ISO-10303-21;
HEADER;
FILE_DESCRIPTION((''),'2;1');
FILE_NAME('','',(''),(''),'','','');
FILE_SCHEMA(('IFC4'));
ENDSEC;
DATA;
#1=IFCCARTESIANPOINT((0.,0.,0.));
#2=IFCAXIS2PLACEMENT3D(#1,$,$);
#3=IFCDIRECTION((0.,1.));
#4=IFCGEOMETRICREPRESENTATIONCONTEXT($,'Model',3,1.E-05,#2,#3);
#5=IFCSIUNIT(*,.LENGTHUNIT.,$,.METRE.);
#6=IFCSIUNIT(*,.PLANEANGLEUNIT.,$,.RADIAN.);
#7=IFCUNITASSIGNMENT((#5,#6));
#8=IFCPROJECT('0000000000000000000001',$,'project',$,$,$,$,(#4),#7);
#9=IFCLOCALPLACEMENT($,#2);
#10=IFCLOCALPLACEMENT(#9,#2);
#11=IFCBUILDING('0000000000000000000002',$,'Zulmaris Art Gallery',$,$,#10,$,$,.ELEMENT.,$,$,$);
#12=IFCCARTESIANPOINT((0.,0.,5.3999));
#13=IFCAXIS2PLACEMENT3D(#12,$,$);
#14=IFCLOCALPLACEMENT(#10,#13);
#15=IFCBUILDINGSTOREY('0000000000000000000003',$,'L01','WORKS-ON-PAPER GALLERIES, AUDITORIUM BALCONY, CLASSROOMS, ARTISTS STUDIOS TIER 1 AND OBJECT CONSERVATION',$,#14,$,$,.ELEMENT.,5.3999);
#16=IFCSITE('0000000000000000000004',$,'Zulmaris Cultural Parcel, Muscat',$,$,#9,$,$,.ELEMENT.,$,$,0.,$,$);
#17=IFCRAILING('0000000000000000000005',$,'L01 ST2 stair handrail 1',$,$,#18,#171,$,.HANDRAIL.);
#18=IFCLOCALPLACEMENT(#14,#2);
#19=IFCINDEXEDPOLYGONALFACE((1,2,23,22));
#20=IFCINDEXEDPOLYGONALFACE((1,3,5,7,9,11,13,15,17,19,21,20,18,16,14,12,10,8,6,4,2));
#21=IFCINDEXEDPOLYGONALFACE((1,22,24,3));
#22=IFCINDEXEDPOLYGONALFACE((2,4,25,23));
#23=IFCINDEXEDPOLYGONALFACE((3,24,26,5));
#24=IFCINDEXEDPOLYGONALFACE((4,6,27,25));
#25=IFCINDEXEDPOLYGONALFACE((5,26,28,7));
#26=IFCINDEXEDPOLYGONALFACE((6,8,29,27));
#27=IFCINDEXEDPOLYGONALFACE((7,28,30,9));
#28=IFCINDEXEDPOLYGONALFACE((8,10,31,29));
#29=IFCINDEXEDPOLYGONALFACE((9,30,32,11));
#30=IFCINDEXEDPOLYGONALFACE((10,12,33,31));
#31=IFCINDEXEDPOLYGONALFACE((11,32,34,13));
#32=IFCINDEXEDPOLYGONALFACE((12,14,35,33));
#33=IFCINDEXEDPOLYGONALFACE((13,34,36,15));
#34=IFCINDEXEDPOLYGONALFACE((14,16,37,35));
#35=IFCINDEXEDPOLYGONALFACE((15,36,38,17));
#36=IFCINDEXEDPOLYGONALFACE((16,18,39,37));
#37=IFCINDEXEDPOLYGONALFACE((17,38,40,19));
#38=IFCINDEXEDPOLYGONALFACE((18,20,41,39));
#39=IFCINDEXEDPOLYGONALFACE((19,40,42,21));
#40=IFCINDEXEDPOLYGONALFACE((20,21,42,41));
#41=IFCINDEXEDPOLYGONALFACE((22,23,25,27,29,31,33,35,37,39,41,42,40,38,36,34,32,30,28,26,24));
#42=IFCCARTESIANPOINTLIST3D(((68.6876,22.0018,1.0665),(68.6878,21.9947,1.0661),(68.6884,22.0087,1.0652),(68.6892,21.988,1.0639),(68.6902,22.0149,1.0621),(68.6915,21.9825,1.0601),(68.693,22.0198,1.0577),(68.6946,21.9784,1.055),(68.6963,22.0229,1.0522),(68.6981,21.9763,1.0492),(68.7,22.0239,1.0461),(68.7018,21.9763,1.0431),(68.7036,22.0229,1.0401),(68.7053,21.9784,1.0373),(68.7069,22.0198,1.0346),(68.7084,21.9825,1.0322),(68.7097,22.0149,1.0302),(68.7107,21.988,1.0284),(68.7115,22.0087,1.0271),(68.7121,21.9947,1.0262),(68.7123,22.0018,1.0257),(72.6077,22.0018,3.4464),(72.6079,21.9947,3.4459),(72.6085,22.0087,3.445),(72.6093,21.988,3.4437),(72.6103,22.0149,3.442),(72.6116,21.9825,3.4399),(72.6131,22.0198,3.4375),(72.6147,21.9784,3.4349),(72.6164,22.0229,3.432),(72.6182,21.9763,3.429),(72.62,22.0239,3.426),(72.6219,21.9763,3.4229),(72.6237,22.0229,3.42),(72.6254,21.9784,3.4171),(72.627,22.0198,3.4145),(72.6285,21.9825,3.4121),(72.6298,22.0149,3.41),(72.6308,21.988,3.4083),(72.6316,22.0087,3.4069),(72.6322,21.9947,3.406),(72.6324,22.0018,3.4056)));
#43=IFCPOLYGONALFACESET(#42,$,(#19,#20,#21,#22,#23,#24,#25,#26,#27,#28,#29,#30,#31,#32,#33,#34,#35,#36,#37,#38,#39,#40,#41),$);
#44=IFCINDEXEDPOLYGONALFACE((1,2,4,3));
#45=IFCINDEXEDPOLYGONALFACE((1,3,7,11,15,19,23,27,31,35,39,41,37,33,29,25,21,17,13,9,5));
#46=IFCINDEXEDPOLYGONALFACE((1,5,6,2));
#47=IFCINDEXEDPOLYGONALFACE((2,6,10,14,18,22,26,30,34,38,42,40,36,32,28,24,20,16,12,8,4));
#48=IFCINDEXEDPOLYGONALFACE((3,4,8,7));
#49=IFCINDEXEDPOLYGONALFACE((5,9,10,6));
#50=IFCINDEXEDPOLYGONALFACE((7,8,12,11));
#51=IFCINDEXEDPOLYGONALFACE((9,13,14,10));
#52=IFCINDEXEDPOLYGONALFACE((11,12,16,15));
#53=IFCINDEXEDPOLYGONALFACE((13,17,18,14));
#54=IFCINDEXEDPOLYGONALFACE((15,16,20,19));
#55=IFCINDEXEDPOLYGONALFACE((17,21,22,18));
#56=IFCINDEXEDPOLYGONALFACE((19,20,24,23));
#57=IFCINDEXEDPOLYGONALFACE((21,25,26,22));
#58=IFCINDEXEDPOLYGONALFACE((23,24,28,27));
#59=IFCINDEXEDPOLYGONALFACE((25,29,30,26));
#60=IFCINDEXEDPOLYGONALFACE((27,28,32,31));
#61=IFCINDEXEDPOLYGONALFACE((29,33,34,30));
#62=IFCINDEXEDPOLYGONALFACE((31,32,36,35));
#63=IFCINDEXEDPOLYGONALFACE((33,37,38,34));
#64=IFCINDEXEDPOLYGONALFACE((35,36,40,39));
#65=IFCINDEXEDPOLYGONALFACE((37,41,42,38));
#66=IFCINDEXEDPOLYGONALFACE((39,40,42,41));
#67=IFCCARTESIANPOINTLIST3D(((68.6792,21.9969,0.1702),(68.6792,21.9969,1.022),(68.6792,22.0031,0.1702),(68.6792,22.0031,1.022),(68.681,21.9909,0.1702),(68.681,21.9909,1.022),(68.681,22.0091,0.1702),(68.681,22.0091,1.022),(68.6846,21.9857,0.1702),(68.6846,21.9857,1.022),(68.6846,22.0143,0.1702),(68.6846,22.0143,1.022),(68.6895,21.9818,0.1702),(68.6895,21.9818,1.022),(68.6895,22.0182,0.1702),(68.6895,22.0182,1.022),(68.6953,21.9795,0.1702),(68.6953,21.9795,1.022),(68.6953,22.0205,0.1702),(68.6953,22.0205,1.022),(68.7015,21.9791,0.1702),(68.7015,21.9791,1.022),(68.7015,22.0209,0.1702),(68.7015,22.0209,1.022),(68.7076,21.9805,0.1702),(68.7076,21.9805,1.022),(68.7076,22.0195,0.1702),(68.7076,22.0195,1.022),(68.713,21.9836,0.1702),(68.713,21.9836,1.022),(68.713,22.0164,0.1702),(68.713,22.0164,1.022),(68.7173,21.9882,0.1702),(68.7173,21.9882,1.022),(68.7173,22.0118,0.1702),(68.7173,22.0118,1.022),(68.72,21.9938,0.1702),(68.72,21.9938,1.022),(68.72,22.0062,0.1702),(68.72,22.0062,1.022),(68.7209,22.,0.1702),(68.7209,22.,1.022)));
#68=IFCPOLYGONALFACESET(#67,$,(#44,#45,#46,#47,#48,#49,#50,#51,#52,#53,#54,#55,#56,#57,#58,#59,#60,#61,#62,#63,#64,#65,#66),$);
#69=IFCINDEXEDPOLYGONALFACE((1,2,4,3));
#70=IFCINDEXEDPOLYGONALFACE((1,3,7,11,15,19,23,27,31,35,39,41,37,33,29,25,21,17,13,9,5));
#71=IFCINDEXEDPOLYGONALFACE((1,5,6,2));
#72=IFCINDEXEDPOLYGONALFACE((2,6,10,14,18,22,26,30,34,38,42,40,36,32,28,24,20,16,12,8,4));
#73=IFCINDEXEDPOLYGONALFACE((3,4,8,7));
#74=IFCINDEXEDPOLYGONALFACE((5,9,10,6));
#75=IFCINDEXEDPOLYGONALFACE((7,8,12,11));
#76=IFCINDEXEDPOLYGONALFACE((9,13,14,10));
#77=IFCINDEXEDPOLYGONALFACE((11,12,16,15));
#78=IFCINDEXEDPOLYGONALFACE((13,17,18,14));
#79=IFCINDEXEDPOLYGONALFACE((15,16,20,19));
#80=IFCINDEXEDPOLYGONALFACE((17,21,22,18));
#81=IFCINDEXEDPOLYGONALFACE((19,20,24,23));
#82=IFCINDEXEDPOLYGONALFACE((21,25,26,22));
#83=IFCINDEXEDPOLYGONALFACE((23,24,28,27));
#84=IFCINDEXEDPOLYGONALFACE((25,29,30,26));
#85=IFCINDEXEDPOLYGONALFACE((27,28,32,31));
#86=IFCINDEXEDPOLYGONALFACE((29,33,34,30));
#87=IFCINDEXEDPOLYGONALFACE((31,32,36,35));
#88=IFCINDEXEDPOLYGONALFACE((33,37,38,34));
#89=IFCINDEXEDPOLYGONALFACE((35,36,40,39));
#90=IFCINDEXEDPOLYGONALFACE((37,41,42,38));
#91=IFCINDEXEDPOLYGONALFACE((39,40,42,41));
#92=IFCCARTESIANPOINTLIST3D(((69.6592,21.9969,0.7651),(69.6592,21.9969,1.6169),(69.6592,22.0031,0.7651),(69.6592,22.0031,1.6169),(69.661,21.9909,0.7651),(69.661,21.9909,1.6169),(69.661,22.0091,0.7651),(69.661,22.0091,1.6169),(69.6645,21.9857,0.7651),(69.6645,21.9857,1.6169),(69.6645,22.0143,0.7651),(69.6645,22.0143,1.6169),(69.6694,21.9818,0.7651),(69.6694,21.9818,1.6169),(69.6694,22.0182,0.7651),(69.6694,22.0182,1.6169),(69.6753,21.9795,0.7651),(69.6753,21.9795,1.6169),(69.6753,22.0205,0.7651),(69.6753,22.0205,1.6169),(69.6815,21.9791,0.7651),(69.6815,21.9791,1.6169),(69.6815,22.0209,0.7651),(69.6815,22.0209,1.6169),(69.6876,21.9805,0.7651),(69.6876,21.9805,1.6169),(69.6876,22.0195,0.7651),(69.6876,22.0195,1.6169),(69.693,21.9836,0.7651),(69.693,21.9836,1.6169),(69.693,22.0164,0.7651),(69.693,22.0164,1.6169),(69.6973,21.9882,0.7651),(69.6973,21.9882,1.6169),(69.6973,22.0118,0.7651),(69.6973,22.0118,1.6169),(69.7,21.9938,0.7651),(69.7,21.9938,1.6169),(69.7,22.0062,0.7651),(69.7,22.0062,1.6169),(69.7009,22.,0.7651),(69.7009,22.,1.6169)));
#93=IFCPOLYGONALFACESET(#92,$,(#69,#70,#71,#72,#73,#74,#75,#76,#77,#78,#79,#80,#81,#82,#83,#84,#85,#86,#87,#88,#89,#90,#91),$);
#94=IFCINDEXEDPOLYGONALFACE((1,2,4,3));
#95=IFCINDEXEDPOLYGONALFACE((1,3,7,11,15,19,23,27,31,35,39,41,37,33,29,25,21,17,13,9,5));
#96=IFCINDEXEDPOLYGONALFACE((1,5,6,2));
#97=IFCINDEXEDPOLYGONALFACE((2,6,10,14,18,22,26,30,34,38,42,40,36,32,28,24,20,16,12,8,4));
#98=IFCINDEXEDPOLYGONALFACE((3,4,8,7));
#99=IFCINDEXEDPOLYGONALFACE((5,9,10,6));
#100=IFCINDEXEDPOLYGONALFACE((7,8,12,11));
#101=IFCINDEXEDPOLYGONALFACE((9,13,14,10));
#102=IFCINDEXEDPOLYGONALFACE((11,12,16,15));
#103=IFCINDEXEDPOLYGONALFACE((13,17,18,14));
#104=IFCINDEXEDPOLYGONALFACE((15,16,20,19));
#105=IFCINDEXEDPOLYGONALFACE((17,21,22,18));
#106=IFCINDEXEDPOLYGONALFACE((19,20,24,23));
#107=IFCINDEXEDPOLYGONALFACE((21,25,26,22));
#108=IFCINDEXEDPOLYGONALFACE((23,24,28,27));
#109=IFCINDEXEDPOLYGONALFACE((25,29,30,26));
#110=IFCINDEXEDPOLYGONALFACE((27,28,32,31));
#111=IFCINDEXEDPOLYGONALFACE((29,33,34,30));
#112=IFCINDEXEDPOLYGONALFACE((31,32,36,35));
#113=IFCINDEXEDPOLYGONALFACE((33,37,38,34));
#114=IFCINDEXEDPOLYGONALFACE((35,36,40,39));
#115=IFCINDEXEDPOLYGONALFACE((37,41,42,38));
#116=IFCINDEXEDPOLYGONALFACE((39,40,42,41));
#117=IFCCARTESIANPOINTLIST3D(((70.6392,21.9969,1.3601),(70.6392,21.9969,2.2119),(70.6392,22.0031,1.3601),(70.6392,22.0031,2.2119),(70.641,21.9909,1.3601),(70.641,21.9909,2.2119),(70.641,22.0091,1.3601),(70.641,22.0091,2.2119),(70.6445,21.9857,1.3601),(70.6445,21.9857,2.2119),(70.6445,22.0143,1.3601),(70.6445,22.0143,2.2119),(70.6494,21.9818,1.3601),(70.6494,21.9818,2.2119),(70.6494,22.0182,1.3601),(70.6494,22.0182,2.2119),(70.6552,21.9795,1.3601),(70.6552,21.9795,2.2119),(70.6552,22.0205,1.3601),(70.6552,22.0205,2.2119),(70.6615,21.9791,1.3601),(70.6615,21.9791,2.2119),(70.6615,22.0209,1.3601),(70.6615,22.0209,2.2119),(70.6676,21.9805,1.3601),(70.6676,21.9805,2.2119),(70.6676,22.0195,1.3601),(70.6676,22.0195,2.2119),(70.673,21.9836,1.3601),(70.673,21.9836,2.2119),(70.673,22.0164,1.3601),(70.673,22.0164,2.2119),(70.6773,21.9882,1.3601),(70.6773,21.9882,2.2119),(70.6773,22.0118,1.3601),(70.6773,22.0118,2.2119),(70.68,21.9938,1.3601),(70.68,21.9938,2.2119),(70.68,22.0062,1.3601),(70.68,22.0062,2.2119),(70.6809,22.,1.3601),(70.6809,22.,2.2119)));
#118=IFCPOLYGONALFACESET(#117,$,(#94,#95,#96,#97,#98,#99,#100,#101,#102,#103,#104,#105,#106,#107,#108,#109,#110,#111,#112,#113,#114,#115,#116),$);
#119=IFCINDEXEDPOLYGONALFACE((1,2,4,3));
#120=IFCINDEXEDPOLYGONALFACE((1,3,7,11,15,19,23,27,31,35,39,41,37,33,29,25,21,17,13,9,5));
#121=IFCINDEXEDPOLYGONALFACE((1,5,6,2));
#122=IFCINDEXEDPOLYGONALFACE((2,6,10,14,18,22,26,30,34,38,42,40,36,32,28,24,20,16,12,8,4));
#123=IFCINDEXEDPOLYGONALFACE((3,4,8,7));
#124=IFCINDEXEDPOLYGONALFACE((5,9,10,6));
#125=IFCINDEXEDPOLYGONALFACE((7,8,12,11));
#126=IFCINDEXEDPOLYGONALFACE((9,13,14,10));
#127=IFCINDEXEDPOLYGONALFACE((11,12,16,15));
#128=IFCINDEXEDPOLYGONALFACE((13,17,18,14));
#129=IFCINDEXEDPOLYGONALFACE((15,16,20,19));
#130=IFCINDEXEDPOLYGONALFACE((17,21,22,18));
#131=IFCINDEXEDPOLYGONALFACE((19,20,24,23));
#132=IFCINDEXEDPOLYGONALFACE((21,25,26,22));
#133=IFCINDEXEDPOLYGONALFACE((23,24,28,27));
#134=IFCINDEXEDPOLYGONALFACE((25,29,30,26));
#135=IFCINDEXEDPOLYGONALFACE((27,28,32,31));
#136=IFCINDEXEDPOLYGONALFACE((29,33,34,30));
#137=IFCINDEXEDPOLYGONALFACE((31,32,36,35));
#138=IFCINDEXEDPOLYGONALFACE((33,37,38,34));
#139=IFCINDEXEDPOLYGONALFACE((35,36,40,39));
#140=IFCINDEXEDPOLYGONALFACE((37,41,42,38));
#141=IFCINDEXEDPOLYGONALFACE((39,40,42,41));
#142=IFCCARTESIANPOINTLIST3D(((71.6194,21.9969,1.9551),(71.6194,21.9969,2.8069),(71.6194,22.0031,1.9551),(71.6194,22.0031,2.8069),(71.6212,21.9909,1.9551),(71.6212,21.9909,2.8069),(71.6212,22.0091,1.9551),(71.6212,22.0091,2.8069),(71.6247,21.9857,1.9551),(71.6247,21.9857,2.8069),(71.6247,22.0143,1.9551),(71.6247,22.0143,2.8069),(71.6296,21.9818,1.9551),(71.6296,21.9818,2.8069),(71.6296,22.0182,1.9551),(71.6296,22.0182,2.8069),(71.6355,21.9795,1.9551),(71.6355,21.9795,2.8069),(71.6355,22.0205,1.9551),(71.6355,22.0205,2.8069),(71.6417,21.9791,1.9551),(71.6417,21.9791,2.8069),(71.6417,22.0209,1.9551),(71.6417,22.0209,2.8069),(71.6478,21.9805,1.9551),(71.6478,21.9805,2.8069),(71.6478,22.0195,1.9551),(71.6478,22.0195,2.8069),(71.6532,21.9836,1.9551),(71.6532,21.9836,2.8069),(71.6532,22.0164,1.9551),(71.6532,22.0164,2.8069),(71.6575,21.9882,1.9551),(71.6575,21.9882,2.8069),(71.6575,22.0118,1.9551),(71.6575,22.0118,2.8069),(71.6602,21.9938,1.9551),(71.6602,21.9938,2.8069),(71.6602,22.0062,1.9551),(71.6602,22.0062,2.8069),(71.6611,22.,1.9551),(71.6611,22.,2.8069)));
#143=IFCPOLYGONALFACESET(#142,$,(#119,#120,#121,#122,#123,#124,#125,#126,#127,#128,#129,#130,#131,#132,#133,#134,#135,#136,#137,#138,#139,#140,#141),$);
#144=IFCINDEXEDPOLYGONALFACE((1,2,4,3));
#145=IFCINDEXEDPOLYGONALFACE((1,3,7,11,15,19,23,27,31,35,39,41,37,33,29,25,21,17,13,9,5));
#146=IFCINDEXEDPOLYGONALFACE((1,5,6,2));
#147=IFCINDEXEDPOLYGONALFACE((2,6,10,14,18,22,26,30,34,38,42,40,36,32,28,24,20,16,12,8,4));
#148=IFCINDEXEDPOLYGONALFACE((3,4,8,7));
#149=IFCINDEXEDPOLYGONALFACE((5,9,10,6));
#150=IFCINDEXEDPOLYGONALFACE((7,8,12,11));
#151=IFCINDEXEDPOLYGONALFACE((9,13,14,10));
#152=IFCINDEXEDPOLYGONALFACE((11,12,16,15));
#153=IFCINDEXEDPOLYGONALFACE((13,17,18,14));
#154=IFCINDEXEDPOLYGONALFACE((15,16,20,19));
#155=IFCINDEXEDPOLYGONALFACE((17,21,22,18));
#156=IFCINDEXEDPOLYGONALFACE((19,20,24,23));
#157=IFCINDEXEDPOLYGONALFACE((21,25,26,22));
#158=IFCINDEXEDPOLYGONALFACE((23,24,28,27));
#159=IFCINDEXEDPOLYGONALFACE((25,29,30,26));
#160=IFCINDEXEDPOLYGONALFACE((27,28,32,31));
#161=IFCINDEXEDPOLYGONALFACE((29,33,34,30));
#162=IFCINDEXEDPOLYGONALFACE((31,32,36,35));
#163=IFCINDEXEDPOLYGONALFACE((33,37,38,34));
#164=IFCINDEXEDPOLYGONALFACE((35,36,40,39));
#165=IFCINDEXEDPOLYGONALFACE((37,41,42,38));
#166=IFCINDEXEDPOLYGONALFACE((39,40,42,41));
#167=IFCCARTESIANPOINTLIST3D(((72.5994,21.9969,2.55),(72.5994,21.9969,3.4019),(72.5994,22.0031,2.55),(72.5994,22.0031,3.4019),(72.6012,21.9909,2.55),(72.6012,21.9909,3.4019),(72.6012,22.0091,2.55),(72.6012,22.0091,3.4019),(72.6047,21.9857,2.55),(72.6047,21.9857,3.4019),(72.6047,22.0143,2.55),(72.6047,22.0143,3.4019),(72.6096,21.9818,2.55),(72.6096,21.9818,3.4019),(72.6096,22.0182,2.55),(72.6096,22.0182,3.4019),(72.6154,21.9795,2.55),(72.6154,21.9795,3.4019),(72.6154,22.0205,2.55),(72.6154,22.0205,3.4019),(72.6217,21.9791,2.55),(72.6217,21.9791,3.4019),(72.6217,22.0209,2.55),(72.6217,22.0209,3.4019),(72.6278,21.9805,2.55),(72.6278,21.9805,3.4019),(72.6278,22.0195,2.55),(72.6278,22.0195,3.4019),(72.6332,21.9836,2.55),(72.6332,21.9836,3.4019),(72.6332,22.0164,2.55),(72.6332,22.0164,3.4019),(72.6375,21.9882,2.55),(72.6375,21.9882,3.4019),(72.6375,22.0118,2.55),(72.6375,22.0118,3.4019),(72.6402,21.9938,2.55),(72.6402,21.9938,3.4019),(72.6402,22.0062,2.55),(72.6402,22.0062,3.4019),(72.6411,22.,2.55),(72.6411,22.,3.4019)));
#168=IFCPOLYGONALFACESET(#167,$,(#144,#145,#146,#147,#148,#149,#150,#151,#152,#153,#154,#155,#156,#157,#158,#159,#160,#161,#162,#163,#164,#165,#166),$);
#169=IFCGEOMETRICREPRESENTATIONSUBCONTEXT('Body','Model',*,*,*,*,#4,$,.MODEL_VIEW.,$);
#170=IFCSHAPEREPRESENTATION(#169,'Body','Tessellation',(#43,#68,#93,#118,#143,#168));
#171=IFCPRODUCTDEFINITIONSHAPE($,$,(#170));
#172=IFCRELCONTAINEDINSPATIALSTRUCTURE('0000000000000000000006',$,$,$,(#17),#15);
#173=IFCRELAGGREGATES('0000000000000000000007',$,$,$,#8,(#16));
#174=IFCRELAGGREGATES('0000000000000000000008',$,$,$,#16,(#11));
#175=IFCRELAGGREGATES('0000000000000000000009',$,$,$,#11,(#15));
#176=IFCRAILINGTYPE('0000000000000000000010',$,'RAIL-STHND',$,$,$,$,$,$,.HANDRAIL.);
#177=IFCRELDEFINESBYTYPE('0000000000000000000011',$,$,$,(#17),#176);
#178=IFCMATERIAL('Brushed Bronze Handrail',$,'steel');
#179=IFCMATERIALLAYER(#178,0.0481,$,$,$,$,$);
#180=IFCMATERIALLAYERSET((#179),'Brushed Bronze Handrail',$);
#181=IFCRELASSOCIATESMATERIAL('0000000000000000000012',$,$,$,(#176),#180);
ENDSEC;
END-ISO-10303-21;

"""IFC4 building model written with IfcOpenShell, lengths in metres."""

from ifc_helpers import new_model, si_unit, direction, frame, origin, origin_2d, place, context, subcontext, project, spatial, circle, extrude, material, layer, layer_set, type_object, element, save


model = new_model("IFC4")

# Units and contexts
model_context = context("Model", 3, precision=1e-05, world=origin(), true_north=direction((0.0, 1.0)))
body_context = subcontext(model_context, "Body", "Model", "MODEL_VIEW")
ifc_project = project(units=[si_unit("LENGTHUNIT", "METRE"), si_unit("PLANEANGLEUNIT", "RADIAN")], contexts=[model_context])

# Site, building, storey
site_placement = place(None, origin())
site = spatial("IfcSite", under=ifc_project, at=site_placement, Name="Zulmaris Cultural Parcel, Muscat", CompositionType="ELEMENT", RefElevation=0.0)
building_placement = place(site_placement, origin())
building = spatial("IfcBuilding", under=site, at=building_placement, Name="Zulmaris Art Gallery", CompositionType="ELEMENT")
storey_placement = place(building_placement, frame((0.0, 0.0, 5.3999)))
storey = spatial("IfcBuildingStorey", under=building, at=storey_placement, Name="L01", Description="WORKS-ON-PAPER GALLERIES, AUDITORIUM BALCONY, CLASSROOMS, ARTISTS STUDIOS TIER 1 AND OBJECT CONSERVATION", CompositionType="ELEMENT", Elevation=5.3999)

# Railing
ifc_material_1 = material(Name="Brushed Bronze Handrail", Category="steel")
ifc_layer_1 = layer(ifc_material_1, 0.0481)
ifc_layer_set_1 = layer_set([ifc_layer_1], Name="Brushed Bronze Handrail")
railing_type_1 = type_object("IfcRailingType", Name="RAIL-STHND", PredefinedType="HANDRAIL", material=ifc_layer_set_1)
railing_1_placement = place(storey_placement, frame((68.7, 22.0, 0.1702)))
element("IfcRailing", 1, at=railing_1_placement, inside=storey, type_object=railing_type_1, Name="L01 ST2 stair handrail 1", PredefinedType="HANDRAIL", context=body_context, shape_type="SweptSolid", body=[
    extrude(circle(Radius=0.0239, at=origin_2d()), frame((0.0, 0.0, 0.876), z_axis=(0.854809, 0.0, 0.518943), x_axis=(0.0, 1.0, 0.0)), (0.0, 0.0, 1.0), 4.5859),
    extrude(circle(Radius=0.021, at=origin_2d()), origin(), (0.0, 0.0, 1.0), 0.8518),
    extrude(circle(Radius=0.021, at=origin_2d()), frame((0.98, 0.0, 0.595)), (0.0, 0.0, 1.0), 0.8518),
    extrude(circle(Radius=0.021, at=origin_2d()), frame((1.96, 0.0, 1.1899)), (0.0, 0.0, 1.0), 0.8518),
    extrude(circle(Radius=0.021, at=origin_2d()), frame((2.9402, 0.0, 1.7849)), (0.0, 0.0, 1.0), 0.8518),
    extrude(circle(Radius=0.021, at=origin_2d()), frame((3.9202, 0.0, 2.3799)), (0.0, 0.0, 1.0), 0.8518),
])

save(model, "model.ifc")
